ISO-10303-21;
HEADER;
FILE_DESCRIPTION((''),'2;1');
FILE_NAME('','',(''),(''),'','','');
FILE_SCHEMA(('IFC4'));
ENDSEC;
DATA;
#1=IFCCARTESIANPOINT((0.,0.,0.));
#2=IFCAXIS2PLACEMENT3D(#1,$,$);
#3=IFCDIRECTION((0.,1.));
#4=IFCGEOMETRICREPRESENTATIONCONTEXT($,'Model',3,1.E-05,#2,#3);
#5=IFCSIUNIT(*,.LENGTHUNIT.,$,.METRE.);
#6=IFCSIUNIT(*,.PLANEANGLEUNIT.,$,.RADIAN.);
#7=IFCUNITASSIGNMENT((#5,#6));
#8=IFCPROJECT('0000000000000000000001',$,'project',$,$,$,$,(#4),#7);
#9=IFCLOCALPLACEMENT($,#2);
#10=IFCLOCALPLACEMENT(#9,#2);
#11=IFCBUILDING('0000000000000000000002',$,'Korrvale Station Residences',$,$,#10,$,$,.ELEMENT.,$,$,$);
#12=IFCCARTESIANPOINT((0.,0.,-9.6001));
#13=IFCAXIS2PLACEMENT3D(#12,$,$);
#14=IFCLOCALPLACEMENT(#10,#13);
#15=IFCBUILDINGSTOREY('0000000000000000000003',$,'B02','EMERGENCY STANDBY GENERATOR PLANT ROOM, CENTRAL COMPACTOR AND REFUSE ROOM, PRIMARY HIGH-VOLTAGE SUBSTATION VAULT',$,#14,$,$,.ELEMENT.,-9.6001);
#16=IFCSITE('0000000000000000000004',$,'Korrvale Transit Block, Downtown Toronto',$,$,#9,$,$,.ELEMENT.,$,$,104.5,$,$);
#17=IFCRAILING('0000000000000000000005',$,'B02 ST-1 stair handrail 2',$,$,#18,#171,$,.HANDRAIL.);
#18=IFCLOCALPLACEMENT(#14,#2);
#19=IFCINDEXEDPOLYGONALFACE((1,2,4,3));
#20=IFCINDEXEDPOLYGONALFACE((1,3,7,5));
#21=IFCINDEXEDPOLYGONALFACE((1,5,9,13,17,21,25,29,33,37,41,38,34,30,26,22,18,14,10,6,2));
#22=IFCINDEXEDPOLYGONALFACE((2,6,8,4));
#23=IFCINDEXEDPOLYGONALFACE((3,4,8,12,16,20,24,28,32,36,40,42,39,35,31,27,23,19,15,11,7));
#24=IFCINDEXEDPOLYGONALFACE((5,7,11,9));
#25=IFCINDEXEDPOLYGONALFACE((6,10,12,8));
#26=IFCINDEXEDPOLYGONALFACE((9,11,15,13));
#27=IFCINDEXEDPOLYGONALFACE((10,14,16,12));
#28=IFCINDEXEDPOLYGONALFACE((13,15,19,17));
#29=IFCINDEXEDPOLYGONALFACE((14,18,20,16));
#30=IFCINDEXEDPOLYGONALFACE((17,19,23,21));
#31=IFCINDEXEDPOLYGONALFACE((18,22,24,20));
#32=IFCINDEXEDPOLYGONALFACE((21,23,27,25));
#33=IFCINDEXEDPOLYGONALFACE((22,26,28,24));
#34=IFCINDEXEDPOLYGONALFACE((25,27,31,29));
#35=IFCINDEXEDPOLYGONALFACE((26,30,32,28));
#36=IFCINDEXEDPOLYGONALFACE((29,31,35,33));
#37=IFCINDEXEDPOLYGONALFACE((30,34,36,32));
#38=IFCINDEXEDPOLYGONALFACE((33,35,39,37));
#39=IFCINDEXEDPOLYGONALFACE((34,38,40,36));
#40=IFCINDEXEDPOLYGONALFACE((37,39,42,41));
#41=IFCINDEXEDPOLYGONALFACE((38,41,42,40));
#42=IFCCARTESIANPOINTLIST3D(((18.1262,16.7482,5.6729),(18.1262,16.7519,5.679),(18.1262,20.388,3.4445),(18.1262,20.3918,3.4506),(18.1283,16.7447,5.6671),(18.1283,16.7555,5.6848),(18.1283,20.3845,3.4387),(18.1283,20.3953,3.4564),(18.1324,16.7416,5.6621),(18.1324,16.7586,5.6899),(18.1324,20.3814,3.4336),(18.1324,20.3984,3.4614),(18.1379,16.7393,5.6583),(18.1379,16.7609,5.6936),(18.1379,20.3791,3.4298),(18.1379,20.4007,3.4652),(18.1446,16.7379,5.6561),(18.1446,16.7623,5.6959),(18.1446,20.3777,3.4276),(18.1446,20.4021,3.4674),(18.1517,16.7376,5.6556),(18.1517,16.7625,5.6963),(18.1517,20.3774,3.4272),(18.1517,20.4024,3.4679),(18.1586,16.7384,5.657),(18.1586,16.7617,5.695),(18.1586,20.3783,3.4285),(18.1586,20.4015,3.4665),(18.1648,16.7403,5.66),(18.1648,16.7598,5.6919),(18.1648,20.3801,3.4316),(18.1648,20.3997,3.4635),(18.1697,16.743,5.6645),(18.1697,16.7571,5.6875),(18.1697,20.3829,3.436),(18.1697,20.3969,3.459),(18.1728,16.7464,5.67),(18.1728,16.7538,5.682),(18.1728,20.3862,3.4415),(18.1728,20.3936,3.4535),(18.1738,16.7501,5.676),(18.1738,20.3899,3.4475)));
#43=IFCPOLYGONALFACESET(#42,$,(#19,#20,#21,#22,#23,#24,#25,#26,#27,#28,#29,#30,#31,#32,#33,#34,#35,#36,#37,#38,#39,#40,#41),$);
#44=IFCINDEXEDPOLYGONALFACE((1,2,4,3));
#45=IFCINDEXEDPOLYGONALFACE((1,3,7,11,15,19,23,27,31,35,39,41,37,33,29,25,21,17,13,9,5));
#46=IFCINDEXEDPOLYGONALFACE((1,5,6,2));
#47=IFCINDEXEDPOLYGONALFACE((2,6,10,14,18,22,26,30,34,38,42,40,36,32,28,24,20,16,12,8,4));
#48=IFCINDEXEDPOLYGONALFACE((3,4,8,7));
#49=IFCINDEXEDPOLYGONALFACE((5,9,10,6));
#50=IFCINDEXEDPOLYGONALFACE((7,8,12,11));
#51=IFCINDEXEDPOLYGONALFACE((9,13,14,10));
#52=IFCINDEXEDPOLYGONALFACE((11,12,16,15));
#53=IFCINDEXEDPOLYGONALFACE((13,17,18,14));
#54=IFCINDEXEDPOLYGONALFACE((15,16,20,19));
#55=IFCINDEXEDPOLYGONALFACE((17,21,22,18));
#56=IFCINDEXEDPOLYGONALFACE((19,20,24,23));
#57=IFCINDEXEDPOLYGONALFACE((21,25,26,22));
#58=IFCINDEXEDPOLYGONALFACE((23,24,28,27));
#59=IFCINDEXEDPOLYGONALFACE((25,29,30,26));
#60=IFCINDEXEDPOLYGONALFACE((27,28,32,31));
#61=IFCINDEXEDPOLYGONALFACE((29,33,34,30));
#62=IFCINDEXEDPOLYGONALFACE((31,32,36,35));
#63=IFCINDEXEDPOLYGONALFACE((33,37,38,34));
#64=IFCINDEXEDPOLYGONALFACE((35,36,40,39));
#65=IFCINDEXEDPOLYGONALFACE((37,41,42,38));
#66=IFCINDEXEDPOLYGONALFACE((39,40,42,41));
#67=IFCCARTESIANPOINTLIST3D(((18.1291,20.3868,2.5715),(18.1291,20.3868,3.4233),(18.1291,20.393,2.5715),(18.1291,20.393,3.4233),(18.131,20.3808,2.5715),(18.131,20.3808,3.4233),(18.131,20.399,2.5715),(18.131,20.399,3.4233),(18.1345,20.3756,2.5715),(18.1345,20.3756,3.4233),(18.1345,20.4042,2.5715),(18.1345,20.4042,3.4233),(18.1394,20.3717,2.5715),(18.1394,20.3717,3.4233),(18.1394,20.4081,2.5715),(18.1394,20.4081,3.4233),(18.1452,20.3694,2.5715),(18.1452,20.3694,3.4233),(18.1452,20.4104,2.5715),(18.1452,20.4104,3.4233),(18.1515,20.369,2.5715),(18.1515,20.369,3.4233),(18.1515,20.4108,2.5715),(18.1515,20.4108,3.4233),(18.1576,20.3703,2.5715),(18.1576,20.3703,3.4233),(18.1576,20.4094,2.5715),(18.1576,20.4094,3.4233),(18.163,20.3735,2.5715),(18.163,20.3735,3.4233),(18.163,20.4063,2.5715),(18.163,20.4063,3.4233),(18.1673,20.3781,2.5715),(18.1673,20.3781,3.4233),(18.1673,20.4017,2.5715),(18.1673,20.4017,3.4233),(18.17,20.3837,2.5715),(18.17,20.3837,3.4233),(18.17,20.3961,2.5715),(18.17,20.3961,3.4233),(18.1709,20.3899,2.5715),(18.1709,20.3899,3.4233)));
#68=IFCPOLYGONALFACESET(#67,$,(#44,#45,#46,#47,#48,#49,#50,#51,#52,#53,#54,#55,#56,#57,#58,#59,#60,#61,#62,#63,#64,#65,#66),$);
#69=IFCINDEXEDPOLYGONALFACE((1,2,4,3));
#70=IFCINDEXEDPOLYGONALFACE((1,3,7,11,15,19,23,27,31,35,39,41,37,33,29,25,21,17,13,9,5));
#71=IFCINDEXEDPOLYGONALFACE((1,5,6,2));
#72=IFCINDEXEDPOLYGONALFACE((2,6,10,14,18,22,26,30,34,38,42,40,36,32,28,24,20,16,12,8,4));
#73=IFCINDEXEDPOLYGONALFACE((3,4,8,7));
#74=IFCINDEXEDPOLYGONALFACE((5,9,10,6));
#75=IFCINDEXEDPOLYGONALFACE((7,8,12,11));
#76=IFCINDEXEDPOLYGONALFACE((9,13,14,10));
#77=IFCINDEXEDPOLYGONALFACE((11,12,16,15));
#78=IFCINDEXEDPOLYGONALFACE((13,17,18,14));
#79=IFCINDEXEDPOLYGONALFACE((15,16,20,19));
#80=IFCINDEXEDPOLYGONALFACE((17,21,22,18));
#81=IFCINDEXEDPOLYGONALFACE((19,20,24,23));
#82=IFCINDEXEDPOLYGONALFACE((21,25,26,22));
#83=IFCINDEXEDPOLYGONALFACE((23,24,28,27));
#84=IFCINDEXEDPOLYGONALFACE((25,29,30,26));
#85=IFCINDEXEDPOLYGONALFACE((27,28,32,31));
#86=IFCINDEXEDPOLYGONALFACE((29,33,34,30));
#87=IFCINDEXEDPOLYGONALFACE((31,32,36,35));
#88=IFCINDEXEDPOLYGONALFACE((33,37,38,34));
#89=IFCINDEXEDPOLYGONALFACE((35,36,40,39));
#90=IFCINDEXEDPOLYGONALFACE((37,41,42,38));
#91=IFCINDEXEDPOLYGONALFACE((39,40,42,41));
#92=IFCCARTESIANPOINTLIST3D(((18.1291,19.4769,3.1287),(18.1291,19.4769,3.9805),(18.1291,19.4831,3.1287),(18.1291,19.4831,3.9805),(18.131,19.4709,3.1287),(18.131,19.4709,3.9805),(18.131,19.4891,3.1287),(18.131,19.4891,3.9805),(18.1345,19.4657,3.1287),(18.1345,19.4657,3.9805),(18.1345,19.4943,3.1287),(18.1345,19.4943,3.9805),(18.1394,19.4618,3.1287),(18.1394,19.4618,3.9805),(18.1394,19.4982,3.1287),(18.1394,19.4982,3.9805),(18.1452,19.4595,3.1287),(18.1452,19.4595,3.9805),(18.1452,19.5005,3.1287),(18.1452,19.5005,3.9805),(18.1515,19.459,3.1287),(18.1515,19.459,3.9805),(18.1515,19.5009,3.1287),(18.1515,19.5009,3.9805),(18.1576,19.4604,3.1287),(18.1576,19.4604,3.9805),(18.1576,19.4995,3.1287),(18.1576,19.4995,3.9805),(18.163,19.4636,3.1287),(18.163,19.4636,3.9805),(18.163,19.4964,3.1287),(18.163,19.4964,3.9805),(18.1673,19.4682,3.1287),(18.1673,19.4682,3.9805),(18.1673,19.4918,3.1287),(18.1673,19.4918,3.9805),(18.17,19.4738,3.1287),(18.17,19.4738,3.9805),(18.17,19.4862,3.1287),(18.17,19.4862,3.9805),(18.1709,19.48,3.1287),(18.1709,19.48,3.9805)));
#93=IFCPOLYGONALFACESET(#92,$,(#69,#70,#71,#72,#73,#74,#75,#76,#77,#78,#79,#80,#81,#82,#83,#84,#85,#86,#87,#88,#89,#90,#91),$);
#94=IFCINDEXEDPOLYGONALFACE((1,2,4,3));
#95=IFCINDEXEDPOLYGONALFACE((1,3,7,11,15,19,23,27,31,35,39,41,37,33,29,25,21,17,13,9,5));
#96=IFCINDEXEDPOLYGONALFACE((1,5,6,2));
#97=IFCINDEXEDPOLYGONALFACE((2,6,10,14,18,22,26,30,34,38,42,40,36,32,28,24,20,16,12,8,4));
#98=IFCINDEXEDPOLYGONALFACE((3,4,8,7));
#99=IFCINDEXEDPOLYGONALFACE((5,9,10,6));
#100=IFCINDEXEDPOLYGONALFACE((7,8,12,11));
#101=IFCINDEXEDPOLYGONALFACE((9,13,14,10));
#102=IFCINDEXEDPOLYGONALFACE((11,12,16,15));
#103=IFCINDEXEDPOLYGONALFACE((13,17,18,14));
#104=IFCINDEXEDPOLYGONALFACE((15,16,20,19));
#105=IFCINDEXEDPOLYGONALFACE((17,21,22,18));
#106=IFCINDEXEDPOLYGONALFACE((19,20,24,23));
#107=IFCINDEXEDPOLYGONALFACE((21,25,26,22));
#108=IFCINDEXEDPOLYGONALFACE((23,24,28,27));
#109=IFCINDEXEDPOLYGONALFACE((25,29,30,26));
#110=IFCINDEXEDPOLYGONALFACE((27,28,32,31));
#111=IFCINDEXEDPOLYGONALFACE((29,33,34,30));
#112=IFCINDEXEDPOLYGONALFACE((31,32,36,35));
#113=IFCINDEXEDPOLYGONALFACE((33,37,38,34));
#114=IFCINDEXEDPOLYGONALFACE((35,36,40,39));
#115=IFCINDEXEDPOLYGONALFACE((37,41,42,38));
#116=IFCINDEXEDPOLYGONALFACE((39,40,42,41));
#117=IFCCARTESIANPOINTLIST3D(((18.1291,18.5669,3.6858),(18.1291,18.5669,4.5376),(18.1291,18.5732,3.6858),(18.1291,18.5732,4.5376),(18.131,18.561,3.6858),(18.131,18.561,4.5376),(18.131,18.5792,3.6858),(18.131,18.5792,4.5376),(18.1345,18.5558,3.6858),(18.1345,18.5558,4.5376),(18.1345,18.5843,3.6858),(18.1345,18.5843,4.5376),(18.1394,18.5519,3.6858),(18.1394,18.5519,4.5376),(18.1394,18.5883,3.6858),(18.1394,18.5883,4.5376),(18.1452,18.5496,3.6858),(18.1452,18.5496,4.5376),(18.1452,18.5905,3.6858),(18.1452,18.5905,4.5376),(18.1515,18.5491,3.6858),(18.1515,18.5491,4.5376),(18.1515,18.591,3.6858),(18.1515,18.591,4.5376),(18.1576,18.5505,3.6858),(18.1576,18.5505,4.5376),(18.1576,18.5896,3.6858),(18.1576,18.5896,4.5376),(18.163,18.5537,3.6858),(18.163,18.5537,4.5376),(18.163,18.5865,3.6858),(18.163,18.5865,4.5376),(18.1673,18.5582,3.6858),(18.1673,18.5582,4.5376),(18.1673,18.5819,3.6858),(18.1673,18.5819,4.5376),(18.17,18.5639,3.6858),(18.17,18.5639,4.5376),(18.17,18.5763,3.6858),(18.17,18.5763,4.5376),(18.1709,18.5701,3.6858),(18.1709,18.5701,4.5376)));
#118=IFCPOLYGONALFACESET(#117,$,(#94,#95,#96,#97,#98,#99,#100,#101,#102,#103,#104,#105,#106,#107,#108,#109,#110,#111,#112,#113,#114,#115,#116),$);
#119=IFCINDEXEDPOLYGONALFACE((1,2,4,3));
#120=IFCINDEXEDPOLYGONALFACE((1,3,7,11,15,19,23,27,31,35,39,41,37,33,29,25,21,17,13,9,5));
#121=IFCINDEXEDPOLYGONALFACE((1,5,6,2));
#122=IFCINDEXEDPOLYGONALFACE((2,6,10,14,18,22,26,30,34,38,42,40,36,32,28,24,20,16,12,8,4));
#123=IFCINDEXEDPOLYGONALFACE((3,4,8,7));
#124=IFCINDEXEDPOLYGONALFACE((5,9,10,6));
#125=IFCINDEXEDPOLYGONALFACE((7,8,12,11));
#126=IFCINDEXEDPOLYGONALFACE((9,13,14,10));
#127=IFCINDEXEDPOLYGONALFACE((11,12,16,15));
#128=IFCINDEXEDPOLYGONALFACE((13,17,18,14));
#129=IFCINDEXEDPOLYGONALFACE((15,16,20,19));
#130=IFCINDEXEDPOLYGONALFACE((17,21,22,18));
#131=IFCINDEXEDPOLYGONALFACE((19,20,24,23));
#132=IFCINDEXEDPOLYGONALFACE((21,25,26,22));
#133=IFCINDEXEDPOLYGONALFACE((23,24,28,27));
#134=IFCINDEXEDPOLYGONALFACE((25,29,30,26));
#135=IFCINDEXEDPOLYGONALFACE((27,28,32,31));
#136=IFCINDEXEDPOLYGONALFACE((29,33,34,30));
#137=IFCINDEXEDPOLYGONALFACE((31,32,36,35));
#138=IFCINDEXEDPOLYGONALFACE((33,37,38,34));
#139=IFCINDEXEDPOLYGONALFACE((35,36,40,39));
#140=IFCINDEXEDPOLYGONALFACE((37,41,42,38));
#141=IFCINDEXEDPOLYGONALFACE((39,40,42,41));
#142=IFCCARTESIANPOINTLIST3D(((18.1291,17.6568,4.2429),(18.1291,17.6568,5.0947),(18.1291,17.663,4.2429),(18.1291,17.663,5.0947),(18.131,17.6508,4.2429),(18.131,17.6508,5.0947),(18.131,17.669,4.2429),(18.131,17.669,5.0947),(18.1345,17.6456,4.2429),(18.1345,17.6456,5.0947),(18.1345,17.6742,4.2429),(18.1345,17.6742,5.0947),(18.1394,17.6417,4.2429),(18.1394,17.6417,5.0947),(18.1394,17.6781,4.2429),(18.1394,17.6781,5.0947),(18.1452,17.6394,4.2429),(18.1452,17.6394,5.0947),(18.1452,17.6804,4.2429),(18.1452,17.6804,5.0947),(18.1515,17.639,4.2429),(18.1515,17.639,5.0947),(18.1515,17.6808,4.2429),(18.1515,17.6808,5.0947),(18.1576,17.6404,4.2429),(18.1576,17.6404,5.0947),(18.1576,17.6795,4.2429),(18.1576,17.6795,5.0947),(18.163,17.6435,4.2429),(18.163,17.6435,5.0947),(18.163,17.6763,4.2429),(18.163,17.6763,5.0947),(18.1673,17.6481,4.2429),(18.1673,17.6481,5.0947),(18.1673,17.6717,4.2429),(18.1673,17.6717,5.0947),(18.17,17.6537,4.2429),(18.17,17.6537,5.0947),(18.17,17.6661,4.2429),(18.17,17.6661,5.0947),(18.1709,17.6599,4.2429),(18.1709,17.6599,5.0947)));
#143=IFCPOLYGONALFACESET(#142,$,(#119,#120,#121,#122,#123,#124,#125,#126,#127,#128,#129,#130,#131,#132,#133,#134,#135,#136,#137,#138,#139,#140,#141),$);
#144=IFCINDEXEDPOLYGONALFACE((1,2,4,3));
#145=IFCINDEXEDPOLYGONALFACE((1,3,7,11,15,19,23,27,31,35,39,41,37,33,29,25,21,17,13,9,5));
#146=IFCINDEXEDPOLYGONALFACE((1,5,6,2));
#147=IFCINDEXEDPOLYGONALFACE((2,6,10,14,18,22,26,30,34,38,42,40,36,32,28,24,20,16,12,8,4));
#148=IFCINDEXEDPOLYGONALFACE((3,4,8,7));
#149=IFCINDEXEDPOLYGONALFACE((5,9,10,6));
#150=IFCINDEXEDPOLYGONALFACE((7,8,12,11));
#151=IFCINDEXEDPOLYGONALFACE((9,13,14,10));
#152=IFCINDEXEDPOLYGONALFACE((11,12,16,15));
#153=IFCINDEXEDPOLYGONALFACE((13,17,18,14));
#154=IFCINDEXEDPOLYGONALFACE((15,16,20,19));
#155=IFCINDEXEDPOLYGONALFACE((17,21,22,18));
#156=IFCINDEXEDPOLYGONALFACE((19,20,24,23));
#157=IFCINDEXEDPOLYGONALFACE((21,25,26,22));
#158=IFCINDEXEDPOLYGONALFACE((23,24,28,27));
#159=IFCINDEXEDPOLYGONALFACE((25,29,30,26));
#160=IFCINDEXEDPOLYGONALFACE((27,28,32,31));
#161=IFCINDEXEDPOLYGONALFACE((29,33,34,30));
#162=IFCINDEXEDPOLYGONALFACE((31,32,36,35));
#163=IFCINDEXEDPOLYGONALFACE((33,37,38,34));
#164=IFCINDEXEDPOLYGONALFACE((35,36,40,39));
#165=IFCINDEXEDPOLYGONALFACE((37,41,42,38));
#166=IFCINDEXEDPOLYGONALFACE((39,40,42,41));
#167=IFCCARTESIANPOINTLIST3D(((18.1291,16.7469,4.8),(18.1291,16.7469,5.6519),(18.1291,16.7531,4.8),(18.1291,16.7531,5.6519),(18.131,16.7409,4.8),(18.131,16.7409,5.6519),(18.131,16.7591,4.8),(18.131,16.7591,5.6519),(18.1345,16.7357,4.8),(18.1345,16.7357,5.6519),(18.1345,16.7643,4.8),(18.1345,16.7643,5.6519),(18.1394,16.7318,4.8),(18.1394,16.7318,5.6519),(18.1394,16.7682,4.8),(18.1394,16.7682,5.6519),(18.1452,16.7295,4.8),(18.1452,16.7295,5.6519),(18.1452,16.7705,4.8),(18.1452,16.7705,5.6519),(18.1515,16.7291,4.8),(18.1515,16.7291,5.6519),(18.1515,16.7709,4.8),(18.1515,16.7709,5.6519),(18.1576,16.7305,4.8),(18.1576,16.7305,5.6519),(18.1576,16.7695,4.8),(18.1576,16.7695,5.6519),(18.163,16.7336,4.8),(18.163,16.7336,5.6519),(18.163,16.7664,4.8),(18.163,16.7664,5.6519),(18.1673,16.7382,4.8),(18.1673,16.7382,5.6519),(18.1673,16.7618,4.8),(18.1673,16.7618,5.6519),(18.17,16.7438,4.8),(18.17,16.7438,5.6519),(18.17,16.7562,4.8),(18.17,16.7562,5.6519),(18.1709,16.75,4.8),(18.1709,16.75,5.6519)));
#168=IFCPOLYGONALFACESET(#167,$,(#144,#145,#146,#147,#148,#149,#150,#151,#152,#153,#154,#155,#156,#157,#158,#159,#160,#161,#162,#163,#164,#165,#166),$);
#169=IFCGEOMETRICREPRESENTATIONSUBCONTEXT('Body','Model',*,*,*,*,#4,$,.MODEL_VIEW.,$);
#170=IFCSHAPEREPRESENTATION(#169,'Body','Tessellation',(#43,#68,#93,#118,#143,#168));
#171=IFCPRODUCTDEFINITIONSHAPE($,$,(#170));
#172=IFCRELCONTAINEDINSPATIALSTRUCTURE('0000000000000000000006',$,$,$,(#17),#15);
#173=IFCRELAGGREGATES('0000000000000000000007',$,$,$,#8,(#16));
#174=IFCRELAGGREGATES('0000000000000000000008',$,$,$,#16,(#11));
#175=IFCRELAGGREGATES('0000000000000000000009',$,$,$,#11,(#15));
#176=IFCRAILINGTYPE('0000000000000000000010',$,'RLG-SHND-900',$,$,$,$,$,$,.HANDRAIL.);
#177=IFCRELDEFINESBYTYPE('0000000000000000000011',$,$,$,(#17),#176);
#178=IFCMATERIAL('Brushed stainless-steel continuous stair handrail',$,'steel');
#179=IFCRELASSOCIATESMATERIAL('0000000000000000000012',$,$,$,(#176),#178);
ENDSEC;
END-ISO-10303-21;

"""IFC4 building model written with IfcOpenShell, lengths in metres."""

from ifc_helpers import new_model, si_unit, direction, frame, origin, origin_2d, place, context, subcontext, project, spatial, circle, extrude, material, type_object, element, save


model = new_model("IFC4")

# Units and contexts
model_context = context("Model", 3, precision=1e-05, world=origin(), true_north=direction((0.0, 1.0)))
body_context = subcontext(model_context, "Body", "Model", "MODEL_VIEW")
ifc_project = project(units=[si_unit("LENGTHUNIT", "METRE"), si_unit("PLANEANGLEUNIT", "RADIAN")], contexts=[model_context])

# Site, building, storey
site_placement = place(None, origin())
site = spatial("IfcSite", under=ifc_project, at=site_placement, Name="Korrvale Transit Block, Downtown Toronto", CompositionType="ELEMENT", RefElevation=104.5)
building_placement = place(site_placement, origin())
building = spatial("IfcBuilding", under=site, at=building_placement, Name="Korrvale Station Residences", CompositionType="ELEMENT")
storey_placement = place(building_placement, frame((0.0, 0.0, -9.6001)))
storey = spatial("IfcBuildingStorey", under=building, at=storey_placement, Name="B02", Description="EMERGENCY STANDBY GENERATOR PLANT ROOM, CENTRAL COMPACTOR AND REFUSE ROOM, PRIMARY HIGH-VOLTAGE SUBSTATION VAULT", CompositionType="ELEMENT", Elevation=-9.6001)

# Railing
ifc_material_1 = material(Name="Brushed stainless-steel continuous stair handrail", Category="steel")
railing_type_1 = type_object("IfcRailingType", Name="RLG-SHND-900", PredefinedType="HANDRAIL", material=ifc_material_1)
railing_1_placement = place(storey_placement, frame((18.1499, 20.3899, 2.5715)))
element("IfcRailing", 1, at=railing_1_placement, inside=storey, type_object=railing_type_1, Name="B02 ST-1 stair handrail 2", PredefinedType="HANDRAIL", context=body_context, shape_type="SweptSolid", body=[
    extrude(circle(Radius=0.0239, at=origin_2d()), frame((0.0, 0.0, 0.876), z_axis=(0.0, -0.85285, 0.522156), x_axis=(1.0, 0.0, 0.0)), (0.0, 0.0, 1.0), 4.2678),
    extrude(circle(Radius=0.021, at=origin_2d()), origin(), (0.0, 0.0, 1.0), 0.8518),
    extrude(circle(Radius=0.021, at=origin_2d()), frame((0.0, -0.9099, 0.5571)), (0.0, 0.0, 1.0), 0.8518),
    extrude(circle(Radius=0.021, at=origin_2d()), frame((0.0, -1.8198, 1.1143)), (0.0, 0.0, 1.0), 0.8518),
    extrude(circle(Radius=0.021, at=origin_2d()), frame((0.0, -2.73, 1.6714)), (0.0, 0.0, 1.0), 0.8518),
    extrude(circle(Radius=0.021, at=origin_2d()), frame((0.0, -3.6399, 2.2285)), (0.0, 0.0, 1.0), 0.8518),
])

save(model, "model.ifc")
